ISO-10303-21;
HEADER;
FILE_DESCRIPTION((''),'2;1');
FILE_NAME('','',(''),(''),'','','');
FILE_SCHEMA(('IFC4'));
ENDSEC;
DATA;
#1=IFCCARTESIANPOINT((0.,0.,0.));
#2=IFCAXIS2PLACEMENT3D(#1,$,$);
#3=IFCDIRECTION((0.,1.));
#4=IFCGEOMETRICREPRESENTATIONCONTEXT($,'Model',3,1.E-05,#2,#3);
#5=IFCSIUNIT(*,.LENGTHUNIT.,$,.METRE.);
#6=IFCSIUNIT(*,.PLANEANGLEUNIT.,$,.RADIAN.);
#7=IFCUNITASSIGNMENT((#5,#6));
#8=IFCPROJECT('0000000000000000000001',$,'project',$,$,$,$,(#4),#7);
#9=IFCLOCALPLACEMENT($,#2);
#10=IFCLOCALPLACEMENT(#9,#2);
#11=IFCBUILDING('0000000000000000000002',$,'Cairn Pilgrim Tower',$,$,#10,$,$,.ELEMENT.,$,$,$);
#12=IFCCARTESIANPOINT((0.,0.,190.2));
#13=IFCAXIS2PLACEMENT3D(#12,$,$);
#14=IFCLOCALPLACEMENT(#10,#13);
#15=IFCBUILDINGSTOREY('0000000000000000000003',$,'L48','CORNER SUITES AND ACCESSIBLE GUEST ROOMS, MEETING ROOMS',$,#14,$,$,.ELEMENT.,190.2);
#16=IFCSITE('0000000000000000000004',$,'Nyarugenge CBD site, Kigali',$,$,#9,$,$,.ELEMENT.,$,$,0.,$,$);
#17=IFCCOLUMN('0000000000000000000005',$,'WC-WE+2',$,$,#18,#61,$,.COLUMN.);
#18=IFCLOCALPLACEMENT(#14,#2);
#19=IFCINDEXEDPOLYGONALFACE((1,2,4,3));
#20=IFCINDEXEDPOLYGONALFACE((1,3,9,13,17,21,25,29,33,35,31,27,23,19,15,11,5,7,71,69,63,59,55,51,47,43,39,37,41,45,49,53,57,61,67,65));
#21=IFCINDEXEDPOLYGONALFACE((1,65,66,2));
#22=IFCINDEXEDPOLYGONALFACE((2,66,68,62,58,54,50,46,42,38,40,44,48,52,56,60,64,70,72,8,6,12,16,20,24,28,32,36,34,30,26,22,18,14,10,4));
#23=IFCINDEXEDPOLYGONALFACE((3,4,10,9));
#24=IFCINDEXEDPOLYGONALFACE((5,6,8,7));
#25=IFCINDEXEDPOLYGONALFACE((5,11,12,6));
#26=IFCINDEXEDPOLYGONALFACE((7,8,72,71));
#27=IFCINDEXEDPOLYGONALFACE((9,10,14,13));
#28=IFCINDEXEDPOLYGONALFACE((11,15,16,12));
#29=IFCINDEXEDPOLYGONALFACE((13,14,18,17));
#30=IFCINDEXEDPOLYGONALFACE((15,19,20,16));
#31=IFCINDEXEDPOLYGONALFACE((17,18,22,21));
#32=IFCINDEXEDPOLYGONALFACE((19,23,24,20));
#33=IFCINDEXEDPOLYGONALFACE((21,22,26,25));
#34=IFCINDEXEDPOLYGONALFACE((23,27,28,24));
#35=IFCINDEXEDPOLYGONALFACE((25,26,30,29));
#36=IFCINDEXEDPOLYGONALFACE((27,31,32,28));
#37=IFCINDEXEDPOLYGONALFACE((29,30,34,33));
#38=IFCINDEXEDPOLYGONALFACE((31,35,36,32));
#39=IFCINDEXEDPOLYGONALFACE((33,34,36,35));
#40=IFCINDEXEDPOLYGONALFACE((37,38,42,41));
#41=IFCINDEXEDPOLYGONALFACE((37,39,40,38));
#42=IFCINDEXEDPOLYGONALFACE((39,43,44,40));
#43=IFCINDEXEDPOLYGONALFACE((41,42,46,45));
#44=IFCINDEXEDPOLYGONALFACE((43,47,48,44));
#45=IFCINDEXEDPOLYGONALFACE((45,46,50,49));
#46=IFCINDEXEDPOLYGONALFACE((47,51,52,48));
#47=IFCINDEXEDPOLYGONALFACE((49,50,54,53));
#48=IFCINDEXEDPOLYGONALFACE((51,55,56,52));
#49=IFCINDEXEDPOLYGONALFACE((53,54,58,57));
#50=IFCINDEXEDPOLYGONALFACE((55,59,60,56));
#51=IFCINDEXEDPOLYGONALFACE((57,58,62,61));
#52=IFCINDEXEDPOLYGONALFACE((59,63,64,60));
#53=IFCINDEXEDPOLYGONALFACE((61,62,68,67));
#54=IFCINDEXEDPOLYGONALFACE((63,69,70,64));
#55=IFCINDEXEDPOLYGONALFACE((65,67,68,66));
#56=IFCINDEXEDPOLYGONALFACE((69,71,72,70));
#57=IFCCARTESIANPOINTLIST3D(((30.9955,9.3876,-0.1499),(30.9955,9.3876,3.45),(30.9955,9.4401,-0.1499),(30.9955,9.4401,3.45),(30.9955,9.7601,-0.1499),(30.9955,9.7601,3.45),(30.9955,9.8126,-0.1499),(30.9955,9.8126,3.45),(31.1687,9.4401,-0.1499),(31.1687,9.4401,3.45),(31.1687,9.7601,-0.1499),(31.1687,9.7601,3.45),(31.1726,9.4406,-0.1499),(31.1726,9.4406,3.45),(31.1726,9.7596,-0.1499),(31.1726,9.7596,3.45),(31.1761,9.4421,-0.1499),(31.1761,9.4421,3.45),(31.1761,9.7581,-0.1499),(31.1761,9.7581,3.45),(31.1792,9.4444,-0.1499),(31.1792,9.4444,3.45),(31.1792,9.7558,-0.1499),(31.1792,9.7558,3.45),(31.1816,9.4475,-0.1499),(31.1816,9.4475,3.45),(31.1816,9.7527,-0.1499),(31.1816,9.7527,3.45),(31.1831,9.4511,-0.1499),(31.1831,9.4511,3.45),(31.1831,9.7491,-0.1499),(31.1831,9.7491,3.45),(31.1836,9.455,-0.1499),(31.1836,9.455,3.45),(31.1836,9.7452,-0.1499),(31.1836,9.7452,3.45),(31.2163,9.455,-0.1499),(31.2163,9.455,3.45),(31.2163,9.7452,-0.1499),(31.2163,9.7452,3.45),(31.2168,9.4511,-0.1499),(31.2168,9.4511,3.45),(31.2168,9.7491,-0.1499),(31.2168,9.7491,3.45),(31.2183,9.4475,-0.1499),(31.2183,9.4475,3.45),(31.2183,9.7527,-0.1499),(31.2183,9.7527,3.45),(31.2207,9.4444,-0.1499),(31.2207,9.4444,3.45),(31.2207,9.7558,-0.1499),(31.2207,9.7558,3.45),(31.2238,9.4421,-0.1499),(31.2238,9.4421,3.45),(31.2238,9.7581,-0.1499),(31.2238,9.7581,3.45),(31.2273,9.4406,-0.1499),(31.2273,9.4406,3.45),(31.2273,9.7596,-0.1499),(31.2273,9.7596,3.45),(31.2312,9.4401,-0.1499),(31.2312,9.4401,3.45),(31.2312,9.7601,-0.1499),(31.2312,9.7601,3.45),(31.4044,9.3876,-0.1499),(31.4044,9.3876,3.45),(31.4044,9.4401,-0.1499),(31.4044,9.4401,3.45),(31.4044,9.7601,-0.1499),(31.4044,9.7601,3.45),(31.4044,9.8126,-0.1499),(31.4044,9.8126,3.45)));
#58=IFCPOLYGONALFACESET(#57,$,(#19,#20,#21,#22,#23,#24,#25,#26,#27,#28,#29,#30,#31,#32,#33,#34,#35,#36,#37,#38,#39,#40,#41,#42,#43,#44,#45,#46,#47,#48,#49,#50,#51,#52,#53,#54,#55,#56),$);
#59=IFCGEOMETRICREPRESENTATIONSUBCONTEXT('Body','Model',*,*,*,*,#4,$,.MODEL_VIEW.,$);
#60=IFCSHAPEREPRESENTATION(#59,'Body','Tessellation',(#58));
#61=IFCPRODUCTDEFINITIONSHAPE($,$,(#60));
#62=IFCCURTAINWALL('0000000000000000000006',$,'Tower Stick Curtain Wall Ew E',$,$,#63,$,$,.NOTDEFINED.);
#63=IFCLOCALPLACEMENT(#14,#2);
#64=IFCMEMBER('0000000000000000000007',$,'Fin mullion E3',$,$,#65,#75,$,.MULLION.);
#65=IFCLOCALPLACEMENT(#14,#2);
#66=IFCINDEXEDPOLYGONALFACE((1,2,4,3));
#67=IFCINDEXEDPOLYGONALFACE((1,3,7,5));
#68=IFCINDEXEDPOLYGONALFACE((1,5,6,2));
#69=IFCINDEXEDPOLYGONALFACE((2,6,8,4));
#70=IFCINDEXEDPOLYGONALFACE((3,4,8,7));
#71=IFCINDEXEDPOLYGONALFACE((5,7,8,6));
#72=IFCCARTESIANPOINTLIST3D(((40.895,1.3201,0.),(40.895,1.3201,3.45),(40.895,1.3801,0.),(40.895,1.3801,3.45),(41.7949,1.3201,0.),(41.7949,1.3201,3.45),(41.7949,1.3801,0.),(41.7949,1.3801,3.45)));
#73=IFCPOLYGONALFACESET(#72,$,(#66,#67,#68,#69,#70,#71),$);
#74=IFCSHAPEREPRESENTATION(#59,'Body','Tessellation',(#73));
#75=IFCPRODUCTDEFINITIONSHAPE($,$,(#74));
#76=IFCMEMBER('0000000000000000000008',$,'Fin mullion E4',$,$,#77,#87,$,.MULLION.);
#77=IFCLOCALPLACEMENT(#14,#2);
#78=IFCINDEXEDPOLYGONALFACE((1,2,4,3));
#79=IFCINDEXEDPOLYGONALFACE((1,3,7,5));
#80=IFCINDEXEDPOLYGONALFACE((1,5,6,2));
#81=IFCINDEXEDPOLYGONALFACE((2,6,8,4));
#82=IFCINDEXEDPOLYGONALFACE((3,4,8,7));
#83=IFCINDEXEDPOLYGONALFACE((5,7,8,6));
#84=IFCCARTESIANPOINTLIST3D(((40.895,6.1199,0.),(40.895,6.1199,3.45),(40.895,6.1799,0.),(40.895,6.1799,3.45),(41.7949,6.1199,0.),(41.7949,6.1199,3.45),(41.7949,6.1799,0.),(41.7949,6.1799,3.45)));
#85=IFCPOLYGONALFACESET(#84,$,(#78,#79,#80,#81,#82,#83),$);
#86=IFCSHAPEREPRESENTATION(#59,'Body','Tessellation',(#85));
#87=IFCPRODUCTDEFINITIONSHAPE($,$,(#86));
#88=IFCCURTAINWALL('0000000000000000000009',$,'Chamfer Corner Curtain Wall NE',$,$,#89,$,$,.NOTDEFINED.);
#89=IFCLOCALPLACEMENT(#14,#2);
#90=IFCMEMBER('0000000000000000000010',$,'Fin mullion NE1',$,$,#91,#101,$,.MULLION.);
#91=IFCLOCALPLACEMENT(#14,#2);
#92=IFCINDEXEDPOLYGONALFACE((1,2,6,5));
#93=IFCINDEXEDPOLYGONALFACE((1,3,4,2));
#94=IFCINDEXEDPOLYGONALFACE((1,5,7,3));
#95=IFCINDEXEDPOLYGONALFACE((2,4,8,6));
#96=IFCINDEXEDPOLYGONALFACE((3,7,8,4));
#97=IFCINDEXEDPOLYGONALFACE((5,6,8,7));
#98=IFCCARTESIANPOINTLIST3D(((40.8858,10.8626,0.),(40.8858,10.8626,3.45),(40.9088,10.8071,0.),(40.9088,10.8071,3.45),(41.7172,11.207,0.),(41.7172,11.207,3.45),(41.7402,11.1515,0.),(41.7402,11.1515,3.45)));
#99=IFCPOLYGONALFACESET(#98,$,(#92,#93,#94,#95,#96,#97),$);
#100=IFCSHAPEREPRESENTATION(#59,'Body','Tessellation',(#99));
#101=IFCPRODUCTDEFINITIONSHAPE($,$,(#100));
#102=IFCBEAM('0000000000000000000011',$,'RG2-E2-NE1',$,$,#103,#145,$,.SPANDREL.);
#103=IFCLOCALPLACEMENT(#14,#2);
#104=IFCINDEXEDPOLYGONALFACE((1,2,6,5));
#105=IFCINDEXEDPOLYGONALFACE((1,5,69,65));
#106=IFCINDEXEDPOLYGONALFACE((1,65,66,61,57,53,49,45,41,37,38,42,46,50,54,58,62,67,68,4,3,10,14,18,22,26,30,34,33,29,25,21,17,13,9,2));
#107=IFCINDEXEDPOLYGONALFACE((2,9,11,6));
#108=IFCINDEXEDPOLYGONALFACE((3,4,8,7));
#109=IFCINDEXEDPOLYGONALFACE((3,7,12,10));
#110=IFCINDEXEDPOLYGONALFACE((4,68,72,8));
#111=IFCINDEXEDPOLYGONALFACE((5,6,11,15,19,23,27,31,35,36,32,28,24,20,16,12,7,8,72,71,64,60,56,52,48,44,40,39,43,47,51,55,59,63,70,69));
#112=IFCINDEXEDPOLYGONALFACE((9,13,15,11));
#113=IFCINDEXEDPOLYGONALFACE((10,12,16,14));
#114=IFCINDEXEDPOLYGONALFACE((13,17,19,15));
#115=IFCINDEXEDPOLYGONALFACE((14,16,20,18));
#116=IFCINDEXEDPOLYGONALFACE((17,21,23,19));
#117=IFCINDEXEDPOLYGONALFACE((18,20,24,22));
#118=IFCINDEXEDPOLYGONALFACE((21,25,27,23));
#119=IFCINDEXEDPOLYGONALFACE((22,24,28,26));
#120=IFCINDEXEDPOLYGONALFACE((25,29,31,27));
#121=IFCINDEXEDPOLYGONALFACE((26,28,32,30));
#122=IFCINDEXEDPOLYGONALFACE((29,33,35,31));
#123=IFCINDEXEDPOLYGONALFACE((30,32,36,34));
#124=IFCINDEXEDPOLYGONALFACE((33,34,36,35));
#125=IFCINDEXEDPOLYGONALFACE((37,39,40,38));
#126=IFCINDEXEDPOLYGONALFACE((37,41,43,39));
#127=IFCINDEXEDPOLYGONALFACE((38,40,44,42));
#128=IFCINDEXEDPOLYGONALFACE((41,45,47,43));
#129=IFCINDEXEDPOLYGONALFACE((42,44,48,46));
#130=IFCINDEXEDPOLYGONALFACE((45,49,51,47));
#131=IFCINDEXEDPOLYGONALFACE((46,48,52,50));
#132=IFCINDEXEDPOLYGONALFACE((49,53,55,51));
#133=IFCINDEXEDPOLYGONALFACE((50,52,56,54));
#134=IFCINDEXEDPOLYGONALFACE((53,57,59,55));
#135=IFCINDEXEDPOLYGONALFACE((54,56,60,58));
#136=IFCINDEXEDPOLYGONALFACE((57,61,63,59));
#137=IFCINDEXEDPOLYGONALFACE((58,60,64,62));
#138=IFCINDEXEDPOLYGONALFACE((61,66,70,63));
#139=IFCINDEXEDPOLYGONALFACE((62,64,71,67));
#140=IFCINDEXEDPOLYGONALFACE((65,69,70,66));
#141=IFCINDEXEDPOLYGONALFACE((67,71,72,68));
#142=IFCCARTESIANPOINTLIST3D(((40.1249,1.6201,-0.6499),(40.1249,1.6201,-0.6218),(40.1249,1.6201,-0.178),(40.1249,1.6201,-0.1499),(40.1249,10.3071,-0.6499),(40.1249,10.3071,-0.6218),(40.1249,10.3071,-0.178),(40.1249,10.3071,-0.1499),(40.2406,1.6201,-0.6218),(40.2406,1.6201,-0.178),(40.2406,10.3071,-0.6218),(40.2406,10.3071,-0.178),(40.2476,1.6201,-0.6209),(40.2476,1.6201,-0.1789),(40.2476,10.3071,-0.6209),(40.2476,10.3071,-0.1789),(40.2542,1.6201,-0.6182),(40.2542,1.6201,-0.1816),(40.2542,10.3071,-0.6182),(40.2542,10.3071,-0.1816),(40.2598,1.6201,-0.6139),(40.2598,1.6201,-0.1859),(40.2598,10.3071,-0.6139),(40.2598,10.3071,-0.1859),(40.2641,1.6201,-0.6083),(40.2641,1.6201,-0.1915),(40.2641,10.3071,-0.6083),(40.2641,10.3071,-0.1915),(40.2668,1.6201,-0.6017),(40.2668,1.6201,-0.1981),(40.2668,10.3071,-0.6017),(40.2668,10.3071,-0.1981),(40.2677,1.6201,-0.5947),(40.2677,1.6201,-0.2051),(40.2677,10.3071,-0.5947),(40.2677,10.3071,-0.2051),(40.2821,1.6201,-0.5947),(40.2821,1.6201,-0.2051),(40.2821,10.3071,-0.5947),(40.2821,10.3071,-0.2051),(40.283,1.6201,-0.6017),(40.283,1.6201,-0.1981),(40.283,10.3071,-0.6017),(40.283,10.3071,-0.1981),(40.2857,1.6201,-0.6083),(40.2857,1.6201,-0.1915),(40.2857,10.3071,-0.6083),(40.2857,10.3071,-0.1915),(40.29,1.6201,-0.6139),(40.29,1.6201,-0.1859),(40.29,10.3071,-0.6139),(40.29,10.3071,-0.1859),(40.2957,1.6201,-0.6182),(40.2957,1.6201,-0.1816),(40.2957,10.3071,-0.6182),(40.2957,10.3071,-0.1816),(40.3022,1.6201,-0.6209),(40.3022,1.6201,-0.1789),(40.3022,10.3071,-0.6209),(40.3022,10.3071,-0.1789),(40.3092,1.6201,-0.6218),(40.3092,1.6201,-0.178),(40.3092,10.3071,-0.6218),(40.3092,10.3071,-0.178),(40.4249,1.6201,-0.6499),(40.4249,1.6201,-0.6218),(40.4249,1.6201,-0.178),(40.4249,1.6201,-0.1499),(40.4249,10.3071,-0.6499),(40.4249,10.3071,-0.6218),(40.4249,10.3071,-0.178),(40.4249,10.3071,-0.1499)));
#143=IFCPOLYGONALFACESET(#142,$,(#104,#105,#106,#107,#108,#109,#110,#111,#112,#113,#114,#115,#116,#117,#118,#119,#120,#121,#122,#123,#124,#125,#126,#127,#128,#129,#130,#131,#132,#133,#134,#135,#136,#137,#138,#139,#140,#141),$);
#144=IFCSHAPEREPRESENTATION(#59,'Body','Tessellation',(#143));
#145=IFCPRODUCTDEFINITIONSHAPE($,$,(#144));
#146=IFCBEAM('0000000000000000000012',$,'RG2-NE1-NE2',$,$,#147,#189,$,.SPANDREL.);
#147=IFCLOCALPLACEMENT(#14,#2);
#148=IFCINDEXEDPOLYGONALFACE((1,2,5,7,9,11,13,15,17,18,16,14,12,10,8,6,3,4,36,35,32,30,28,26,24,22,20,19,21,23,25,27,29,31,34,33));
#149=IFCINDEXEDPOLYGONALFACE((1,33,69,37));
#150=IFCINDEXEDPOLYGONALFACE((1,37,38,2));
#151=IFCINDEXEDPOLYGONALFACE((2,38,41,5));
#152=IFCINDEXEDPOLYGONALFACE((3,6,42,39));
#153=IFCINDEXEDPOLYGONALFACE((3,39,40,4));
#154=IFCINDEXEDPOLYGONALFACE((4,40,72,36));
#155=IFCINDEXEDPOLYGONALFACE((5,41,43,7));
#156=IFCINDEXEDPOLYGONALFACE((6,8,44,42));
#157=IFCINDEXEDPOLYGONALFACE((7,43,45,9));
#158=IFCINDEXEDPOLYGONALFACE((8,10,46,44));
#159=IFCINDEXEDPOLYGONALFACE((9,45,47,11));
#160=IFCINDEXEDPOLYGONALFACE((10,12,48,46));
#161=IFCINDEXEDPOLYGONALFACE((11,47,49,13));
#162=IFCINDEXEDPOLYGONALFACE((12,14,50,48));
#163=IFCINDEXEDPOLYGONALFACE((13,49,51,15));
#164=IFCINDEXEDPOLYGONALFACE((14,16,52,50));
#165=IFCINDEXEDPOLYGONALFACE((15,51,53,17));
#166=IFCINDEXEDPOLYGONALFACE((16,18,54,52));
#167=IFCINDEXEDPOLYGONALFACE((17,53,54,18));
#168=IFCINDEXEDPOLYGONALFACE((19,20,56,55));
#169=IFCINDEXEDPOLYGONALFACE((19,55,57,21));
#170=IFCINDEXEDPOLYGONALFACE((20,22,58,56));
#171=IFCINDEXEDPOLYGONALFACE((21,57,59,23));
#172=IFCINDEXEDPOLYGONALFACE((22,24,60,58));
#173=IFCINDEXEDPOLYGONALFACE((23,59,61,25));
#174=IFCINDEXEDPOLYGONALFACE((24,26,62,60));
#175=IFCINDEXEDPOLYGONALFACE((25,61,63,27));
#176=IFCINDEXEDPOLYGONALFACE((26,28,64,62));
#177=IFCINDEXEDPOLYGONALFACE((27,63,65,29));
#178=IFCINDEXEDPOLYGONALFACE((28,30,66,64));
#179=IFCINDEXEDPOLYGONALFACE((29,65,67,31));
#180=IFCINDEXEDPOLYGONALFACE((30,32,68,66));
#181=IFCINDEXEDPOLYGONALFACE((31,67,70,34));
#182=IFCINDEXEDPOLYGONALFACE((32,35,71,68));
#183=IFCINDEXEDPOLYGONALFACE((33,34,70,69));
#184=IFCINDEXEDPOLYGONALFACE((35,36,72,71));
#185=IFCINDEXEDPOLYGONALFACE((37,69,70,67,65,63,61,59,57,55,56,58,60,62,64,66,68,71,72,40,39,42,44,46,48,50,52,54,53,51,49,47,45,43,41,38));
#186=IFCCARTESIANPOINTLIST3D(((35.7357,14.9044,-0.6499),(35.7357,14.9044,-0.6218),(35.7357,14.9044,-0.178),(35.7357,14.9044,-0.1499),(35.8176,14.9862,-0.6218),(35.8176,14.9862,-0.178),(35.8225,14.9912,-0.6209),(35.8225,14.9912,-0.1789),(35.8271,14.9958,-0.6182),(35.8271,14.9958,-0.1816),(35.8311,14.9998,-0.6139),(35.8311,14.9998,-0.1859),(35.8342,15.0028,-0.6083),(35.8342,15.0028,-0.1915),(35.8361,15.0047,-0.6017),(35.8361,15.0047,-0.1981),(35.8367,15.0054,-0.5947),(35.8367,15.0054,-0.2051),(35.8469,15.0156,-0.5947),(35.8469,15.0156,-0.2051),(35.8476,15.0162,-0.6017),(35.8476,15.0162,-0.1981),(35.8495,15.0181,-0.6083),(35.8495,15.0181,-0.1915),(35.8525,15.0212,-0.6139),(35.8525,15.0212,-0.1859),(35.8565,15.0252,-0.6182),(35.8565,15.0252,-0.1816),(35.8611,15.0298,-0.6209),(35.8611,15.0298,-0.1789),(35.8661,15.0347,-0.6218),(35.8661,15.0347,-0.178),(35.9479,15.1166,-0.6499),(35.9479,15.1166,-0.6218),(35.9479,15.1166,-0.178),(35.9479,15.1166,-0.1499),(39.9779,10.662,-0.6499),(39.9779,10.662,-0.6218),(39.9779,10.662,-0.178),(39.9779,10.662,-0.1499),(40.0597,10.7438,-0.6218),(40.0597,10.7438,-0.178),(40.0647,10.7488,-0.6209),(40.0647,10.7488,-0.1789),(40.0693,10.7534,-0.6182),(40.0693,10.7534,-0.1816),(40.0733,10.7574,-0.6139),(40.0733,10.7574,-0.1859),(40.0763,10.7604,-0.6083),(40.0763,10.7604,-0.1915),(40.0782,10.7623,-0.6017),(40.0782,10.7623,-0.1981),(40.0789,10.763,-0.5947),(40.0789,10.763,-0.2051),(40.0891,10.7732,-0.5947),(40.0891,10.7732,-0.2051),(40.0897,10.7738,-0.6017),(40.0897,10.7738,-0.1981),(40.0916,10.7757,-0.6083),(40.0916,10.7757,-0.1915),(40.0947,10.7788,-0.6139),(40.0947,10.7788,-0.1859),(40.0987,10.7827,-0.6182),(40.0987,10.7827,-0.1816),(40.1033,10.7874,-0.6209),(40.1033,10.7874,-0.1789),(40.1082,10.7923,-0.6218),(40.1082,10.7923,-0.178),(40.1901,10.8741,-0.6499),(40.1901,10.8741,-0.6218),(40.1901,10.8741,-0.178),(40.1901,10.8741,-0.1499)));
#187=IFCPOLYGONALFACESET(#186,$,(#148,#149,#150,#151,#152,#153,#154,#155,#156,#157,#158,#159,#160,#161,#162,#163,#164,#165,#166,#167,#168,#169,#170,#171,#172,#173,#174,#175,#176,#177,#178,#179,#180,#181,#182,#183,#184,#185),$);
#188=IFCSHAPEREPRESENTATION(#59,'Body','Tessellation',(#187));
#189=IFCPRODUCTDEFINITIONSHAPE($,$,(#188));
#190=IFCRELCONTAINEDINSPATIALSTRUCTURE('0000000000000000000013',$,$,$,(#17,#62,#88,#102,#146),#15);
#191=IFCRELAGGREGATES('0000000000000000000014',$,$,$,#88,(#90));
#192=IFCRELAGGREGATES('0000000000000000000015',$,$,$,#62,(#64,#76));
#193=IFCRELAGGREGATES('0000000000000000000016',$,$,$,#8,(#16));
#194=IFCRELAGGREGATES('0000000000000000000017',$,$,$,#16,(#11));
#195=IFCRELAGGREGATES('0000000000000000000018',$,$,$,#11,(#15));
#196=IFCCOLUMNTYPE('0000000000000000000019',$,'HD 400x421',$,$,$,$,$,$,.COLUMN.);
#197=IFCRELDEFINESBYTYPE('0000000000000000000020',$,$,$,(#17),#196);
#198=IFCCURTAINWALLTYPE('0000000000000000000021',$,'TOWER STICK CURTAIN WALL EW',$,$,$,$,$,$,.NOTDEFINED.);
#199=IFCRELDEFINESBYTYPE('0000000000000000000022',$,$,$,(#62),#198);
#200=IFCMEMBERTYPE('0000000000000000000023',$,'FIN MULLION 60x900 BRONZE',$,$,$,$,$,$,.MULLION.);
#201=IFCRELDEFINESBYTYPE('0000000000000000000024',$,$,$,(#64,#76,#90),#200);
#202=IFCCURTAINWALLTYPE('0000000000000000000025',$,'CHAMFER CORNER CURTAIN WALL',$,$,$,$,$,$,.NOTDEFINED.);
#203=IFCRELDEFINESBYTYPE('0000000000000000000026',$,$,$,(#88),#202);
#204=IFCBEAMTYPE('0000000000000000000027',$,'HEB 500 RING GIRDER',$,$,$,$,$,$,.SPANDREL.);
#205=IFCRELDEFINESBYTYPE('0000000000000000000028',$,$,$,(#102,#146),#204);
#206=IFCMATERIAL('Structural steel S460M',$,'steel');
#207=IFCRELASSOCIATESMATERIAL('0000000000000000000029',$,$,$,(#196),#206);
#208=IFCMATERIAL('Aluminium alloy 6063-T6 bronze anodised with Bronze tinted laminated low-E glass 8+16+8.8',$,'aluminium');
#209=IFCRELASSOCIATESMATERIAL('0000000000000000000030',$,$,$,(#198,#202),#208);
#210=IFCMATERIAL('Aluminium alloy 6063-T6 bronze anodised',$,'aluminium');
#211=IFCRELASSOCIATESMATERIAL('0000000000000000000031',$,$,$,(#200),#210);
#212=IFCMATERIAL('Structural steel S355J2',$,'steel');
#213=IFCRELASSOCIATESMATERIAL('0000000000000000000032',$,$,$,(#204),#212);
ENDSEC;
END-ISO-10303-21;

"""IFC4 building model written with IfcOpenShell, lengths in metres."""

from ifc_helpers import new_model, si_unit, direction, frame, origin, origin_2d, place, context, subcontext, project, spatial, rectangle, i_section, extrude, material, material_profile, profile_set, type_object, element, aggregate, save


model = new_model("IFC4")

# Units and contexts
model_context = context("Model", 3, precision=1e-05, world=origin(), true_north=direction((0.0, 1.0)))
body_context = subcontext(model_context, "Body", "Model", "MODEL_VIEW")
ifc_project = project(units=[si_unit("LENGTHUNIT", "METRE"), si_unit("PLANEANGLEUNIT", "RADIAN")], contexts=[model_context])

# Site, building, storey
site_placement = place(None, origin())
site = spatial("IfcSite", under=ifc_project, at=site_placement, Name="Nyarugenge CBD site, Kigali", CompositionType="ELEMENT", RefElevation=0.0)
building_placement = place(site_placement, origin())
building = spatial("IfcBuilding", under=site, at=building_placement, Name="Cairn Pilgrim Tower", CompositionType="ELEMENT")
storey_placement = place(building_placement, frame((0.0, 0.0, 190.2)))
storey = spatial("IfcBuildingStorey", under=building, at=storey_placement, Name="L48", Description="CORNER SUITES AND ACCESSIBLE GUEST ROOMS, MEETING ROOMS", CompositionType="ELEMENT", Elevation=190.2)

# Column
ifc_material_1 = material(Name="Structural steel S460M", Category="steel")
ifc_material_profile_1 = material_profile(ifc_material_1, i_section(OverallWidth=0.4089, OverallDepth=0.425, WebThickness=0.0327, FlangeThickness=0.0525, FilletRadius=0.0149, at=origin_2d()), Name="HD 400x421")
ifc_profile_set_1 = profile_set([ifc_material_profile_1], Name="Structural steel S460M")
column_type_1 = type_object("IfcColumnType", Name="HD 400x421", PredefinedType="COLUMN", material=ifc_profile_set_1)
column_placement = place(storey_placement, frame((31.2, 9.6001, -0.1499), z_axis=(0.0, 0.0, 1.0), x_axis=(1.0, 0.0, 0.0)))
element("IfcColumn", 1, at=column_placement, inside=storey, type_object=column_type_1, Name="WC-WE+2", PredefinedType="COLUMN", context=body_context, shape_type="SweptSolid", body=[
    extrude(i_section(OverallWidth=0.4089, OverallDepth=0.425, WebThickness=0.0327, FlangeThickness=0.0525, FilletRadius=0.0149, at=origin_2d()), origin(), (0.0, 0.0, 1.0), 3.5999),
])

# Curtain wall, members
ifc_material_2 = material(Name="Aluminium alloy 6063-T6 bronze anodised with Bronze tinted laminated low-E glass 8+16+8.8", Category="aluminium")
curtain_wall_type_1 = type_object("IfcCurtainWallType", Name="TOWER STICK CURTAIN WALL EW", PredefinedType="NOTDEFINED", material=ifc_material_2)
curtain_wall_1_placement = place(storey_placement, origin())
curtain_wall_1 = element("IfcCurtainWall", 2, at=curtain_wall_1_placement, inside=storey, type_object=curtain_wall_type_1, Name="Tower Stick Curtain Wall Ew E", PredefinedType="NOTDEFINED")
ifc_material_3 = material(Name="Aluminium alloy 6063-T6 bronze anodised", Category="aluminium")
ifc_material_profile_2 = material_profile(ifc_material_3, rectangle(XDim=0.8999, YDim=0.0601, at=origin_2d()), Name="FIN MULLION 60x900 BRONZE")
ifc_profile_set_2 = profile_set([ifc_material_profile_2], Name="Aluminium alloy 6063-T6 bronze anodised")
member_type_1 = type_object("IfcMemberType", Name="FIN MULLION 60x900 BRONZE", PredefinedType="MULLION", material=ifc_profile_set_2)
member_1_placement = place(storey_placement, frame((41.345, 1.3501, 0.0), z_axis=(0.0, 0.0, 1.0), x_axis=(1.0, 0.0, 0.0)))
member_1 = element("IfcMember", 3, at=member_1_placement, type_object=member_type_1, Name="Fin mullion E3", PredefinedType="MULLION", context=body_context, shape_type="SweptSolid", body=[
    extrude(rectangle(XDim=0.8999, YDim=0.0601, at=origin_2d()), origin(), (0.0, 0.0, 1.0), 3.45),
])
member_2_placement = place(storey_placement, frame((41.345, 6.1499, 0.0), z_axis=(0.0, 0.0, 1.0), x_axis=(1.0, 0.0, 0.0)))
member_2 = element("IfcMember", 4, at=member_2_placement, type_object=member_type_1, Name="Fin mullion E4", PredefinedType="MULLION", context=body_context, shape_type="SweptSolid", body=[
    extrude(rectangle(XDim=0.8999, YDim=0.0601, at=origin_2d()), origin(), (0.0, 0.0, 1.0), 3.45),
])

# Curtain wall, member
curtain_wall_type_2 = type_object("IfcCurtainWallType", Name="CHAMFER CORNER CURTAIN WALL", PredefinedType="NOTDEFINED", material=ifc_material_2)
curtain_wall_2_placement = place(storey_placement, origin())
curtain_wall_2 = element("IfcCurtainWall", 5, at=curtain_wall_2_placement, inside=storey, type_object=curtain_wall_type_2, Name="Chamfer Corner Curtain Wall NE", PredefinedType="NOTDEFINED")
member_3_placement = place(storey_placement, frame((41.313, 11.0071, 0.0), z_axis=(0.0, 0.0, 1.0), x_axis=(0.92388, 0.382683, 0.0)))
member_3 = element("IfcMember", 6, at=member_3_placement, type_object=member_type_1, Name="Fin mullion NE1", PredefinedType="MULLION", context=body_context, shape_type="SweptSolid", body=[
    extrude(rectangle(XDim=0.8999, YDim=0.0601, at=origin_2d()), origin(), (0.0, 0.0, 1.0), 3.45),
])

# Beams
ifc_material_4 = material(Name="Structural steel S355J2", Category="steel")
ifc_material_profile_3 = material_profile(ifc_material_4, i_section(OverallWidth=0.3, OverallDepth=0.5, WebThickness=0.0144, FlangeThickness=0.0281, FilletRadius=0.0271, at=origin_2d()), Name="HEB 500")
ifc_profile_set_3 = profile_set([ifc_material_profile_3], Name="Structural steel S355J2")
beam_type_1 = type_object("IfcBeamType", Name="HEB 500 RING GIRDER", PredefinedType="SPANDREL", material=ifc_profile_set_3)
beam_1_placement = place(storey_placement, frame((40.2749, 1.6201, -0.3999), z_axis=(0.0, 1.0, 0.0), x_axis=(-1.0, 0.0, 0.0)))
element("IfcBeam", 7, at=beam_1_placement, inside=storey, type_object=beam_type_1, Name="RG2-E2-NE1", PredefinedType="SPANDREL", context=body_context, shape_type="SweptSolid", body=[
    extrude(i_section(OverallWidth=0.3, OverallDepth=0.5, WebThickness=0.0144, FlangeThickness=0.0281, FilletRadius=0.0271, at=origin_2d()), origin(), (0.0, 0.0, 1.0), 8.687),
])
beam_2_placement = place(storey_placement, frame((40.084, 10.7681, -0.3999), z_axis=(-0.707086, 0.707127, 0.0), x_axis=(-0.707127, -0.707086, 0.0)))
element("IfcBeam", 8, at=beam_2_placement, inside=storey, type_object=beam_type_1, Name="RG2-NE1-NE2", PredefinedType="SPANDREL", context=body_context, shape_type="SweptSolid", body=[
    extrude(i_section(OverallWidth=0.3, OverallDepth=0.5, WebThickness=0.0144, FlangeThickness=0.0281, FilletRadius=0.0271, at=origin_2d()), origin(), (0.0, 0.0, 1.0), 5.9995),
])

aggregate(curtain_wall_2, [member_3])

aggregate(curtain_wall_1, [member_1, member_2])

save(model, "model.ifc")
